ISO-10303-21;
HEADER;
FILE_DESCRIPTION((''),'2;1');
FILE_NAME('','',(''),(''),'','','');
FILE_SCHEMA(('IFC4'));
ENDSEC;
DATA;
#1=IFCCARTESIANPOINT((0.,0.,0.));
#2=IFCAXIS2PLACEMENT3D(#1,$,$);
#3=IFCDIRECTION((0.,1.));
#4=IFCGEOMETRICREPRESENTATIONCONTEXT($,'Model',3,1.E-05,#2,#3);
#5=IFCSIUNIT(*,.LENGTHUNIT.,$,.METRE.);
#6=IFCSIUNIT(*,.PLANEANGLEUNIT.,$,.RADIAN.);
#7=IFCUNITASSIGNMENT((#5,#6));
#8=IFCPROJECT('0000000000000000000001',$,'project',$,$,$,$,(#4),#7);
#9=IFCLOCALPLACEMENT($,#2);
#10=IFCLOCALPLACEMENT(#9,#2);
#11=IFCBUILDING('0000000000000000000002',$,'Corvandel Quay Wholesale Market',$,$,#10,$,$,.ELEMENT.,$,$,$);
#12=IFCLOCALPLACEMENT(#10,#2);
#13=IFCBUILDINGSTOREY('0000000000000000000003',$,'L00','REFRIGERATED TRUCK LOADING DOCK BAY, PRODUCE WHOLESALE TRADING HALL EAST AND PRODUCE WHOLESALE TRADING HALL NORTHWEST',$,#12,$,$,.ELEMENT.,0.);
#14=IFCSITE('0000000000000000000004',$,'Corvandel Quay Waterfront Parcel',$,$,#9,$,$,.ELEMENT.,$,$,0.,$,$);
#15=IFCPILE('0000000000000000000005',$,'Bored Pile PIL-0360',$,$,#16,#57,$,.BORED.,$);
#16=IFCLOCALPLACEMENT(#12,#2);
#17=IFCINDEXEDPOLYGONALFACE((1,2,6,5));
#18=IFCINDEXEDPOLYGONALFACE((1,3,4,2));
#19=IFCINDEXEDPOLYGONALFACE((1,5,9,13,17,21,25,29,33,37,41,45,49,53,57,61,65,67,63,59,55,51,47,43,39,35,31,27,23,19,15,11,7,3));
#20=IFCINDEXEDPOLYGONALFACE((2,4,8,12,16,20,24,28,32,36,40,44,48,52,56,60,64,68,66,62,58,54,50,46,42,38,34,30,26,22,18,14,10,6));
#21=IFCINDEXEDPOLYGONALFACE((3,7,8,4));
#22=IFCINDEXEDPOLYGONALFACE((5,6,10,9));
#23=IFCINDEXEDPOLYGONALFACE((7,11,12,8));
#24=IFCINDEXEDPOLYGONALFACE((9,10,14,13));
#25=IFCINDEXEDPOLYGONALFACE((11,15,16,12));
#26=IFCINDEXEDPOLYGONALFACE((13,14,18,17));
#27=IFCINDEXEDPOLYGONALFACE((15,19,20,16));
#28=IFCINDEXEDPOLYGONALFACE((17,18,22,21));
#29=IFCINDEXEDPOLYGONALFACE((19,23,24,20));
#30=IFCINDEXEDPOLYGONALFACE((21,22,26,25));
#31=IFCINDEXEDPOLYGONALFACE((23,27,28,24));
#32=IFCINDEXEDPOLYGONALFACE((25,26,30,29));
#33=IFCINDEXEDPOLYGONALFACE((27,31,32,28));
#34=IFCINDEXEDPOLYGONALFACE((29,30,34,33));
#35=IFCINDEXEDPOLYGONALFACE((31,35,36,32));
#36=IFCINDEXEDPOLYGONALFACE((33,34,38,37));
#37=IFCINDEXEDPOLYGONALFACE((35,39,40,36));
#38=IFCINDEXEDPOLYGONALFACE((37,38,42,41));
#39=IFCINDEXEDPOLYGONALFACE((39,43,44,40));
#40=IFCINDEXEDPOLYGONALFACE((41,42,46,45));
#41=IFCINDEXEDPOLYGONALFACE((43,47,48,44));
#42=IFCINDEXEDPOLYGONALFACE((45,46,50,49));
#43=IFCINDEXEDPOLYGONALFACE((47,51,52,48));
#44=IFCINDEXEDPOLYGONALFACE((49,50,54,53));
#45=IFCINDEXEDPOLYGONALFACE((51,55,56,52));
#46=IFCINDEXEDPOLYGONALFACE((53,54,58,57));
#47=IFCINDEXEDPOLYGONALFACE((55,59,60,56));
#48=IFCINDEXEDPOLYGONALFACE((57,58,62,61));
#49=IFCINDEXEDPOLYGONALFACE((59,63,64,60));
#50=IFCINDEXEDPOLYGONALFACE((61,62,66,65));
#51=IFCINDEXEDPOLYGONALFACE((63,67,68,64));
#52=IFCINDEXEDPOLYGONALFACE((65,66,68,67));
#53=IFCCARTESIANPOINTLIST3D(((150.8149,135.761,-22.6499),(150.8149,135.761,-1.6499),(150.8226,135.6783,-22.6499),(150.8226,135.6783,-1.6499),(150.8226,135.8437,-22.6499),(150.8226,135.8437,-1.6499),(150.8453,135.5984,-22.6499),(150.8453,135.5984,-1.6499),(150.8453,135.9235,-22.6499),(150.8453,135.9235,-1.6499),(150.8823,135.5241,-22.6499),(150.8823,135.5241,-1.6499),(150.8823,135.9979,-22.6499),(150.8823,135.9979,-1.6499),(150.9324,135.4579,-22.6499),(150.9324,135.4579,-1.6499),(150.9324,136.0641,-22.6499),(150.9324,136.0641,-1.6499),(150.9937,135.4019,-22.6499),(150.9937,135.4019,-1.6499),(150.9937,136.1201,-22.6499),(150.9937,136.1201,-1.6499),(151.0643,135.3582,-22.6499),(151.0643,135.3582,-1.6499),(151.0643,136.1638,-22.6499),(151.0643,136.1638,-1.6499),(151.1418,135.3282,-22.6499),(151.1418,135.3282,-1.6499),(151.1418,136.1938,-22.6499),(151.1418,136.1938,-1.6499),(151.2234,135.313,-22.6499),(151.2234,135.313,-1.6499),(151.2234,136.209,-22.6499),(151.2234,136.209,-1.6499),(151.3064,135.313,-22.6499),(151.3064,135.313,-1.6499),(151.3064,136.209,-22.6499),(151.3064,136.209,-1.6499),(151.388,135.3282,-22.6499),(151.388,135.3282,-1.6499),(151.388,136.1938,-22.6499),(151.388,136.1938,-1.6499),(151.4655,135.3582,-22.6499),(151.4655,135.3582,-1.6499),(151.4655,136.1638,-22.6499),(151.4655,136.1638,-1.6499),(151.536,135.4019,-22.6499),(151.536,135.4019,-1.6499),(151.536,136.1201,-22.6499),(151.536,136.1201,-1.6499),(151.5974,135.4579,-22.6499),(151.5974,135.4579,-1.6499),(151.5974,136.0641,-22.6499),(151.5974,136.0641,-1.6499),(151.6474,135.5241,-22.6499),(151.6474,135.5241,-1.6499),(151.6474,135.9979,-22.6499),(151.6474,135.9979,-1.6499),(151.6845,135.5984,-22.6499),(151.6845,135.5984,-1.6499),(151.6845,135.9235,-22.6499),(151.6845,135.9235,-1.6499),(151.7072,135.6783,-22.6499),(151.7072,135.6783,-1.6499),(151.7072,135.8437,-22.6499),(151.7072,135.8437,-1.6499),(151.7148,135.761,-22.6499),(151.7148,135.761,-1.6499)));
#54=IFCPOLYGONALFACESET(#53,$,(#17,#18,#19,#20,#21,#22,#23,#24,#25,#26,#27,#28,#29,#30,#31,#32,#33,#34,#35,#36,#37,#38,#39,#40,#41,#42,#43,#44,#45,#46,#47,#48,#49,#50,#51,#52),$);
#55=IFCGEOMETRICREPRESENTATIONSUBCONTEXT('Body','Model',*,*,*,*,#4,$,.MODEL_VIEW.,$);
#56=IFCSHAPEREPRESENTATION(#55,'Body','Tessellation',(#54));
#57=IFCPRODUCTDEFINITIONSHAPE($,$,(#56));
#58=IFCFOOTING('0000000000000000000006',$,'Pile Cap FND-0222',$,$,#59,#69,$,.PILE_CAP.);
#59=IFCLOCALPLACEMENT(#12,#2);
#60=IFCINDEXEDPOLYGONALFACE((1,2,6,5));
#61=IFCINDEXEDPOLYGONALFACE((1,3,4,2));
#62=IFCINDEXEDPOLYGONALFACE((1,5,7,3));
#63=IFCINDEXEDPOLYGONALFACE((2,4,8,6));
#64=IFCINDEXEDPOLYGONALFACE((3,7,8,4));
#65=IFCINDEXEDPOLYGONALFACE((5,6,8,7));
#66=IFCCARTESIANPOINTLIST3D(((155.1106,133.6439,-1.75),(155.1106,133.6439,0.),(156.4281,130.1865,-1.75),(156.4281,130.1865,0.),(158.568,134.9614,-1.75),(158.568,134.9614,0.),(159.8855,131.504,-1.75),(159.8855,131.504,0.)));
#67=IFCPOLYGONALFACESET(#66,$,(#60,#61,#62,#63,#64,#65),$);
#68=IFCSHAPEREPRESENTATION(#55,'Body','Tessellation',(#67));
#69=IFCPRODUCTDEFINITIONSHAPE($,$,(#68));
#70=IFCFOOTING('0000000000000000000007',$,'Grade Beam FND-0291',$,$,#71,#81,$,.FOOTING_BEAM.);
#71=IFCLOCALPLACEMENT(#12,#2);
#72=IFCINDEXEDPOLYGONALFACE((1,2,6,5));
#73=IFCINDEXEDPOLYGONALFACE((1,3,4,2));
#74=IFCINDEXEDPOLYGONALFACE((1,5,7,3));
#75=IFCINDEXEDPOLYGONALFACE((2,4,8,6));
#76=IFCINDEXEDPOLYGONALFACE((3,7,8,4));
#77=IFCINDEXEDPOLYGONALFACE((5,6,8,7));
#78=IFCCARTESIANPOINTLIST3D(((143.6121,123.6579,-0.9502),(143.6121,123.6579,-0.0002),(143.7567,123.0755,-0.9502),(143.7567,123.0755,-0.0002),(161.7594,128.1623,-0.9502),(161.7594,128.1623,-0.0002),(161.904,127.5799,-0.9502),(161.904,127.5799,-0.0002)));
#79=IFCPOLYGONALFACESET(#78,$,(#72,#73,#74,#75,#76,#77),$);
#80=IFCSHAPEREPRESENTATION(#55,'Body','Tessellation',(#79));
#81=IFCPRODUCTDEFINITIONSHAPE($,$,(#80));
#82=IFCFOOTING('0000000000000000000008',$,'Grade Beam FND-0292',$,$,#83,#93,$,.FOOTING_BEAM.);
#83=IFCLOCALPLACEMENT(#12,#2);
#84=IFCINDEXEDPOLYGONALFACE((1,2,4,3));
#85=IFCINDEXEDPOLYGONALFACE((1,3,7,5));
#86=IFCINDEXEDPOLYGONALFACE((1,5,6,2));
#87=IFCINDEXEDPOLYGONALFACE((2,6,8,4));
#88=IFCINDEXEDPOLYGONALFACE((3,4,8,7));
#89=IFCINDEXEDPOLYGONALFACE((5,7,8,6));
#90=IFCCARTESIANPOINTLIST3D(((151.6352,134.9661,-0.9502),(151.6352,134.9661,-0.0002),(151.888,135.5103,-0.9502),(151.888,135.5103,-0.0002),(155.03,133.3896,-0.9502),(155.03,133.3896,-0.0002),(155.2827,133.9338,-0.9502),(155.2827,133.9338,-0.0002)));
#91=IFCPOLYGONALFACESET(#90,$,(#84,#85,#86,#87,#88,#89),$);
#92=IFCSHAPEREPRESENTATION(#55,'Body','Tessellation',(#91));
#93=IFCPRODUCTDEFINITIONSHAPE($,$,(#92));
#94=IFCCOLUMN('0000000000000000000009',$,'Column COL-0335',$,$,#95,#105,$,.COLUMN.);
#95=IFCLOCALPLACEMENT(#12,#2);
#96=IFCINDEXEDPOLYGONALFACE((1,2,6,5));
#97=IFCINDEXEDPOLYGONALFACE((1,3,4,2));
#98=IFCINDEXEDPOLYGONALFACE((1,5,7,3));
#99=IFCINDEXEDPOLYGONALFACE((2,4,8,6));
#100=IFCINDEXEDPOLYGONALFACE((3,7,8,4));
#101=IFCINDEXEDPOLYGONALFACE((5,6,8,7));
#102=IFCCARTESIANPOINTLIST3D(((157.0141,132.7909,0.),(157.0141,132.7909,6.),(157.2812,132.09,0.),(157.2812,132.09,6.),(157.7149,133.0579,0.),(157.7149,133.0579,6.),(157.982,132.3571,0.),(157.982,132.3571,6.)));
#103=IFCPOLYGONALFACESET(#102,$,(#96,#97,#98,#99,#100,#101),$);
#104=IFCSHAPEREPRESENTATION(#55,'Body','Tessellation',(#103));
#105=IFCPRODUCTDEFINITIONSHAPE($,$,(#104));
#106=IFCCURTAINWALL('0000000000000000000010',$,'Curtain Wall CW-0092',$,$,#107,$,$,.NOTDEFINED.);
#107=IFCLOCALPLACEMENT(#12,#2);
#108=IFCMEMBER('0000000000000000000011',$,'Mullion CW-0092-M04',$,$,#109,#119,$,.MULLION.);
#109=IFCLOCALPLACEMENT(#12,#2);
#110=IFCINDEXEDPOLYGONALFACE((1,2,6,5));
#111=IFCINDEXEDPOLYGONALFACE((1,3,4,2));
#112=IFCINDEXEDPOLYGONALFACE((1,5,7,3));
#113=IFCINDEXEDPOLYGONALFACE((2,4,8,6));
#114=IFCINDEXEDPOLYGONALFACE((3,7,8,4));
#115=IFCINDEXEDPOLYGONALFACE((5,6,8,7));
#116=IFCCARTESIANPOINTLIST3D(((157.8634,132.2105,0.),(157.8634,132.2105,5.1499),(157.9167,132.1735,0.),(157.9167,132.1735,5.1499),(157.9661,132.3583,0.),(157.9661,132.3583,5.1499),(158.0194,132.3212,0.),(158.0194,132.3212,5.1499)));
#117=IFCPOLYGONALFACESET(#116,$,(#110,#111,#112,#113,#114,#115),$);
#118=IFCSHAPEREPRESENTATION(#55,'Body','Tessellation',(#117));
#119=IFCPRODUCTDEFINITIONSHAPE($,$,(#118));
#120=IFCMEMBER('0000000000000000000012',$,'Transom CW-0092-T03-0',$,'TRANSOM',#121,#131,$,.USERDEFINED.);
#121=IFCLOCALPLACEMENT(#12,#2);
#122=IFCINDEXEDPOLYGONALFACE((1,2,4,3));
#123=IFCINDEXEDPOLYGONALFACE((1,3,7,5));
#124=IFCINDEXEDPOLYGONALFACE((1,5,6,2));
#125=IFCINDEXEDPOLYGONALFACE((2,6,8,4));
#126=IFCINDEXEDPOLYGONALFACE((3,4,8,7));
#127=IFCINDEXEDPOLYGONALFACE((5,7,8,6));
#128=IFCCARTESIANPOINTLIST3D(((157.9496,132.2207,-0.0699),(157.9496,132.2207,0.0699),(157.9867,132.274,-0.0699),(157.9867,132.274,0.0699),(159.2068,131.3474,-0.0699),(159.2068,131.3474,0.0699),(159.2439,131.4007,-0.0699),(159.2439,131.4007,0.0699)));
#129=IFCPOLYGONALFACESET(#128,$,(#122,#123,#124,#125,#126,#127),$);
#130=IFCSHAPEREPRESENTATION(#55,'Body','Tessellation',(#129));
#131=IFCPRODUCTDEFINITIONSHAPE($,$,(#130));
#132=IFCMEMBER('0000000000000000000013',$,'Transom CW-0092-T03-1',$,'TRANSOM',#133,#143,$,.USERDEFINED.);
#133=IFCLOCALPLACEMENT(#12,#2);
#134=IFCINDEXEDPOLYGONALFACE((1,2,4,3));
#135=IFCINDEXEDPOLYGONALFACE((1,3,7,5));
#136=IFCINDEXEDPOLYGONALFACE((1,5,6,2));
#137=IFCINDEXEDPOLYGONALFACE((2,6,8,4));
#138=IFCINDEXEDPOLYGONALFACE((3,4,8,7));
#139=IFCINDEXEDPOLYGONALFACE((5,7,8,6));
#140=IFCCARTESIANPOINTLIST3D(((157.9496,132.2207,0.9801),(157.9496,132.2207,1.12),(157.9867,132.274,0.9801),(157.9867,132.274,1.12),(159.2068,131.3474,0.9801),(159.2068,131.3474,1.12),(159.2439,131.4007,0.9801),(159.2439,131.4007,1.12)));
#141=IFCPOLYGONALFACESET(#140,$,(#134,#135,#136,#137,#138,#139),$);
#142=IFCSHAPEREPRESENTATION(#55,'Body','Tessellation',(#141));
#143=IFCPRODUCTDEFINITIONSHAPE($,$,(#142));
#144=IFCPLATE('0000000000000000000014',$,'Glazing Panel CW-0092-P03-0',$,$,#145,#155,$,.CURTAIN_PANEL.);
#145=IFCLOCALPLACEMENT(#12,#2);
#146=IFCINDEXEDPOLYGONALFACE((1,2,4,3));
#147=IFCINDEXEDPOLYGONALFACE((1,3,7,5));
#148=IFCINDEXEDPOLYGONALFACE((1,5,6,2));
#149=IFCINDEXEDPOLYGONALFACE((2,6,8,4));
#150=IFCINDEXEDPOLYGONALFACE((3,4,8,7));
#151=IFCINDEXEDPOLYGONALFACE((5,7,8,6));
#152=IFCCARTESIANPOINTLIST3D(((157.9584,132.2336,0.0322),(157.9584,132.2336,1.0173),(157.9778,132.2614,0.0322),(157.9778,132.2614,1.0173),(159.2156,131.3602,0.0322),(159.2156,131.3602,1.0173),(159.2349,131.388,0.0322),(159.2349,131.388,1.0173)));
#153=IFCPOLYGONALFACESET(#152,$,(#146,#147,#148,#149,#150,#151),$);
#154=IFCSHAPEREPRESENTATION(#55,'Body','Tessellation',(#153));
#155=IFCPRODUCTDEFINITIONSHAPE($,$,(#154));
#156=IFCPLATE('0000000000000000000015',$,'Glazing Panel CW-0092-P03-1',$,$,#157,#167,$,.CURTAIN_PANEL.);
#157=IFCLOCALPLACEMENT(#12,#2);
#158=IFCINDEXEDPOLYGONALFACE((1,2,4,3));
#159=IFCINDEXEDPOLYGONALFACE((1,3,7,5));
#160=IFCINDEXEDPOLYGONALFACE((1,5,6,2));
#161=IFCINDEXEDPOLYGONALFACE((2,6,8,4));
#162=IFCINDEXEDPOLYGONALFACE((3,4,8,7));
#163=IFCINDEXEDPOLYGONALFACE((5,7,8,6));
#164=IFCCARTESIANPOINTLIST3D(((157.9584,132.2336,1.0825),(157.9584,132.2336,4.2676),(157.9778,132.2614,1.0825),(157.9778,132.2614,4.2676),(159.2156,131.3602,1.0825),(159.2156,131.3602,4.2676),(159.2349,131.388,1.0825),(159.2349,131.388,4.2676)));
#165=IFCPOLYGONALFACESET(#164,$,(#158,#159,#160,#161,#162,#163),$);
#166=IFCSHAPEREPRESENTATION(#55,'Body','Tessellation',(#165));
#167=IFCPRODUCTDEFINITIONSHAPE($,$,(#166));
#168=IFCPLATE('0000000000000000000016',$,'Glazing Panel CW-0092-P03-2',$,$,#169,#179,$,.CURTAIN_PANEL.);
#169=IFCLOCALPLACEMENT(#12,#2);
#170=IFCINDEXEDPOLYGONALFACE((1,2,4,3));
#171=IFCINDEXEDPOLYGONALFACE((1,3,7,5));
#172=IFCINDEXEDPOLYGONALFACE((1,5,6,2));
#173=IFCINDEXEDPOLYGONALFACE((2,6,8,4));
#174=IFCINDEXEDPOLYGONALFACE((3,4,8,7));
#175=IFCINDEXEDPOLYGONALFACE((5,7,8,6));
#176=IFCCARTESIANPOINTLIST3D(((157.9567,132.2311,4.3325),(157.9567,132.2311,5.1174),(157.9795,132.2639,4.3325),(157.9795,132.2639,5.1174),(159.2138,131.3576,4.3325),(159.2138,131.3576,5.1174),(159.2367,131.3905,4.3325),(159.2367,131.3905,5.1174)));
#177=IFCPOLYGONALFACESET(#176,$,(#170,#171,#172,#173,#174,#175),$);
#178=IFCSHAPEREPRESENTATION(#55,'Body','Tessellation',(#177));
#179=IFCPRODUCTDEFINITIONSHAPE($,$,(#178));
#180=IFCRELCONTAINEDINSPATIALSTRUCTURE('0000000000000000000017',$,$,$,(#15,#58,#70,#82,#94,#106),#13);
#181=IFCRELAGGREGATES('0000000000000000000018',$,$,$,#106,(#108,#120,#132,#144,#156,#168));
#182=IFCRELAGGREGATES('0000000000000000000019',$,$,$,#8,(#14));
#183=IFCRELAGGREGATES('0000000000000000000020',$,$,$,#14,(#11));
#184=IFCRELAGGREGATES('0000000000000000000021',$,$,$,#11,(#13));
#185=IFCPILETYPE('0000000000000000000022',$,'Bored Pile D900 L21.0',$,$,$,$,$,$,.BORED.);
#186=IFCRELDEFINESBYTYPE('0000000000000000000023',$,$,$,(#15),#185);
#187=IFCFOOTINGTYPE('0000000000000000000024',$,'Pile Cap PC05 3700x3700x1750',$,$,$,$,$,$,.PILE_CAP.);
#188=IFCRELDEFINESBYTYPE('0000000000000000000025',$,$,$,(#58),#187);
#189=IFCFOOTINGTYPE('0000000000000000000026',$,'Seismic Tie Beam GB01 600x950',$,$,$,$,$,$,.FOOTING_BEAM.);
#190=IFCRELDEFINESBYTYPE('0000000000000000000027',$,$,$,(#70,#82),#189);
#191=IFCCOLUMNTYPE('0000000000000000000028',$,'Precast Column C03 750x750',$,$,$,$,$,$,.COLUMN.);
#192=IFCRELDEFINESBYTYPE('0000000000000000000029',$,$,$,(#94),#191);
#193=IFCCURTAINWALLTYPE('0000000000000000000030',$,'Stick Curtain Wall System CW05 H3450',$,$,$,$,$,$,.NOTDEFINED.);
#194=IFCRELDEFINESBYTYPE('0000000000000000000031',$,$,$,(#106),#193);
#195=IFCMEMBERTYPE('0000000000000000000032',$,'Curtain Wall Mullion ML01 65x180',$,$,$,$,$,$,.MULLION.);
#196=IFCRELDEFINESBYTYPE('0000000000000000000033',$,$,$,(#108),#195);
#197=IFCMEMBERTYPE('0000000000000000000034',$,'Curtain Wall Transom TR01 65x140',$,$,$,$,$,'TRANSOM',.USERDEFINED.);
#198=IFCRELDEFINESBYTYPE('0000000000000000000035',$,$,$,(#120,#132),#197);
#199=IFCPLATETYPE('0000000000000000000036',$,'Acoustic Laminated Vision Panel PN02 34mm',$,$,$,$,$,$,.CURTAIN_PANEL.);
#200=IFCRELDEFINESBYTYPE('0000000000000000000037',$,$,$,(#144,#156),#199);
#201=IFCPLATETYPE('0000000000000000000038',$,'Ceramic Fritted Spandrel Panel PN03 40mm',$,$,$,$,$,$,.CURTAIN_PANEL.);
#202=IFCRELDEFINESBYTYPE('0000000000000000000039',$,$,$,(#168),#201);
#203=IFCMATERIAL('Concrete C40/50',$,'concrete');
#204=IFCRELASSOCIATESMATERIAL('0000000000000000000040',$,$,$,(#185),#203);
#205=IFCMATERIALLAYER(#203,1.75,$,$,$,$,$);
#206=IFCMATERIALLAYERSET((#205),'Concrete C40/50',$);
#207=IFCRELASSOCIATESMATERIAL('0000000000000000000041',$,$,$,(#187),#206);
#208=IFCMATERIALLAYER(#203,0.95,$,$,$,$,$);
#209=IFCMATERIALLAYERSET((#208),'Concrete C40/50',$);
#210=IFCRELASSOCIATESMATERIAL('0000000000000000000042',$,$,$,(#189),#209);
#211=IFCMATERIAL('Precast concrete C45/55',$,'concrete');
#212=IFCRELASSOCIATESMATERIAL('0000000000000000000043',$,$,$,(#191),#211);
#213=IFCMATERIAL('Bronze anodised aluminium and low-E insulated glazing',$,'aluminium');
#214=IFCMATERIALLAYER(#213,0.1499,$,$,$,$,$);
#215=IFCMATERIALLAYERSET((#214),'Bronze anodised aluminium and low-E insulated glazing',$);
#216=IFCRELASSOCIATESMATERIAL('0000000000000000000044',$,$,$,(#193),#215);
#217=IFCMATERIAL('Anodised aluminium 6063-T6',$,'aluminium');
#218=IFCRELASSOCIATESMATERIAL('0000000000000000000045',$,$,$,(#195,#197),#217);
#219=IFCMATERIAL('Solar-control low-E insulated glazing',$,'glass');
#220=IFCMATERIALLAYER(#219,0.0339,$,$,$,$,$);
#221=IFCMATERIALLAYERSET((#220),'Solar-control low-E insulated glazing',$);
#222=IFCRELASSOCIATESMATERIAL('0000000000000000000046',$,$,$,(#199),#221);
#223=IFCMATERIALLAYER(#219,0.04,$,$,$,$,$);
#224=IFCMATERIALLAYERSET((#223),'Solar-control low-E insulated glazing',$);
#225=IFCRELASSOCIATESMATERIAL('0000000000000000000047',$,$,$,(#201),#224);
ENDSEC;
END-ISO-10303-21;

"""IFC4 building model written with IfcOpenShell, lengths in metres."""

from ifc_helpers import new_model, si_unit, direction, frame, origin, origin_2d, place, context, subcontext, project, spatial, rectangle, circle, extrude, material, layer, layer_set, material_profile, profile_set, type_object, element, aggregate, save


model = new_model("IFC4")

# Units and contexts
model_context = context("Model", 3, precision=1e-05, world=origin(), true_north=direction((0.0, 1.0)))
body_context = subcontext(model_context, "Body", "Model", "MODEL_VIEW")
ifc_project = project(units=[si_unit("LENGTHUNIT", "METRE"), si_unit("PLANEANGLEUNIT", "RADIAN")], contexts=[model_context])

# Site, building, storey
site_placement = place(None, origin())
site = spatial("IfcSite", under=ifc_project, at=site_placement, Name="Corvandel Quay Waterfront Parcel", CompositionType="ELEMENT", RefElevation=0.0)
building_placement = place(site_placement, origin())
building = spatial("IfcBuilding", under=site, at=building_placement, Name="Corvandel Quay Wholesale Market", CompositionType="ELEMENT")
storey_placement = place(building_placement, origin())
storey = spatial("IfcBuildingStorey", under=building, at=storey_placement, Name="L00", Description="REFRIGERATED TRUCK LOADING DOCK BAY, PRODUCE WHOLESALE TRADING HALL EAST AND PRODUCE WHOLESALE TRADING HALL NORTHWEST", CompositionType="ELEMENT", Elevation=0.0)

# Pile
ifc_material_1 = material(Name="Concrete C40/50", Category="concrete")
ifc_material_profile_1 = material_profile(ifc_material_1, circle(Radius=0.45, at=origin_2d()), Name="RC-PILE-D900")
ifc_profile_set_1 = profile_set([ifc_material_profile_1], Name="Concrete C40/50")
pile_type = type_object("IfcPileType", Name="Bored Pile D900 L21.0", PredefinedType="BORED", material=ifc_profile_set_1)
for number, where, z_axis, x_axis, name in (
    (1, (151.2649, 135.761, -1.6499), (0.0, 0.0, -1.0), (1.0, 0.0, 0.0), "Bored Pile PIL-0360"),
):
    element("IfcPile", number, at=place(storey_placement, frame(where, z_axis=z_axis, x_axis=x_axis)), inside=storey, type_object=pile_type, Name=name, PredefinedType="BORED", context=body_context, shape_type="SweptSolid", body=[
        extrude(circle(Radius=0.45, at=origin_2d()), origin(), (0.0, 0.0, 1.0), 21.0),
    ])

# Footings
ifc_layer_1 = layer(ifc_material_1, 1.75)
ifc_layer_set_1 = layer_set([ifc_layer_1], Name="Concrete C40/50")
footing_type_1 = type_object("IfcFootingType", Name="Pile Cap PC05 3700x3700x1750", PredefinedType="PILE_CAP", material=ifc_layer_set_1)
footing_1_placement = place(storey_placement, frame((157.498, 132.574, -1.75), z_axis=(0.0, 0.0, 1.0), x_axis=(-0.356086, 0.934453, 0.0)))
element("IfcFooting", 2, at=footing_1_placement, inside=storey, type_object=footing_type_1, Name="Pile Cap FND-0222", PredefinedType="PILE_CAP", context=body_context, shape_type="SweptSolid", body=[
    extrude(rectangle(XDim=3.7, YDim=3.7, at=origin_2d()), origin(), (0.0, 0.0, 1.0), 1.75),
])
ifc_layer_2 = layer(ifc_material_1, 0.95)
ifc_layer_set_2 = layer_set([ifc_layer_2], Name="Concrete C40/50")
footing_type_2 = type_object("IfcFootingType", Name="Seismic Tie Beam GB01 600x950", PredefinedType="FOOTING_BEAM", material=ifc_layer_set_2)
footing_2_placement = place(storey_placement, frame((152.7581, 125.6189, -0.9502), z_axis=(0.0, 0.0, 1.0), x_axis=(0.970549, 0.240906, 0.0)))
element("IfcFooting", 3, at=footing_2_placement, inside=storey, type_object=footing_type_2, Name="Grade Beam FND-0291", PredefinedType="FOOTING_BEAM", context=body_context, shape_type="SweptSolid", body=[
    extrude(rectangle(XDim=18.698, YDim=0.6001, at=origin_2d()), origin(), (0.0, 0.0, 1.0), 0.95),
])
footing_3_placement = place(storey_placement, frame((153.459, 134.45, -0.9502), z_axis=(0.0, 0.0, 1.0), x_axis=(-0.906971, 0.421194, 0.0)))
element("IfcFooting", 4, at=footing_3_placement, inside=storey, type_object=footing_type_2, Name="Grade Beam FND-0292", PredefinedType="FOOTING_BEAM", context=body_context, shape_type="SweptSolid", body=[
    extrude(rectangle(XDim=3.7429, YDim=0.6001, at=origin_2d()), origin(), (0.0, 0.0, 1.0), 0.95),
])

# Column
ifc_material_2 = material(Name="Precast concrete C45/55", Category="concrete")
ifc_material_profile_2 = material_profile(ifc_material_2, rectangle(XDim=0.75, YDim=0.75, at=origin_2d()), Name="PC-COL-750x750")
ifc_profile_set_2 = profile_set([ifc_material_profile_2], Name="Precast concrete C45/55")
column_type = type_object("IfcColumnType", Name="Precast Column C03 750x750", PredefinedType="COLUMN", material=ifc_profile_set_2)
column_placement = place(storey_placement, frame((157.498, 132.574, 0.0), z_axis=(0.0, 0.0, 1.0), x_axis=(-0.356086, 0.934453, 0.0)))
element("IfcColumn", 5, at=column_placement, inside=storey, type_object=column_type, Name="Column COL-0335", PredefinedType="COLUMN", context=body_context, shape_type="SweptSolid", body=[
    extrude(rectangle(XDim=0.75, YDim=0.75, at=origin_2d()), origin(), (0.0, 0.0, 1.0), 6.0),
])

# Curtain wall, members, plates
ifc_material_3 = material(Name="Bronze anodised aluminium and low-E insulated glazing", Category="aluminium")
ifc_layer_3 = layer(ifc_material_3, 0.1499)
ifc_layer_set_3 = layer_set([ifc_layer_3], Name="Bronze anodised aluminium and low-E insulated glazing")
curtain_wall_type = type_object("IfcCurtainWallType", Name="Stick Curtain Wall System CW05 H3450", PredefinedType="NOTDEFINED", material=ifc_layer_set_3)
curtain_wall_placement = place(storey_placement, origin())
curtain_wall = element("IfcCurtainWall", 6, at=curtain_wall_placement, inside=storey, type_object=curtain_wall_type, Name="Curtain Wall CW-0092", PredefinedType="NOTDEFINED")
ifc_material_4 = material(Name="Anodised aluminium 6063-T6", Category="aluminium")
ifc_material_profile_3 = material_profile(ifc_material_4, rectangle(XDim=0.0649, YDim=0.1799, at=origin_2d()), Name="ALU-MUL-65x180")
ifc_profile_set_3 = profile_set([ifc_material_profile_3], Name="Anodised aluminium 6063-T6")
member_type_1 = type_object("IfcMemberType", Name="Curtain Wall Mullion ML01 65x180", PredefinedType="MULLION", material=ifc_profile_set_3)
member_1_placement = place(storey_placement, frame((157.9414, 132.2659, 0.0), z_axis=(0.0, 0.0, 1.0), x_axis=(-0.821249, 0.57057, 0.0)))
member_1 = element("IfcMember", 7, at=member_1_placement, type_object=member_type_1, Name="Mullion CW-0092-M04", PredefinedType="MULLION", context=body_context, shape_type="SweptSolid", body=[
    extrude(rectangle(XDim=0.0649, YDim=0.1799, at=origin_2d()), origin(), (0.0, 0.0, 1.0), 5.1499),
])
ifc_material_profile_4 = material_profile(ifc_material_4, rectangle(XDim=0.0649, YDim=0.1399, at=origin_2d()), Name="ALU-TRN-65x140")
ifc_profile_set_4 = profile_set([ifc_material_profile_4], Name="Anodised aluminium 6063-T6")
member_type_2 = type_object("IfcMemberType", Name="Curtain Wall Transom TR01 65x140", ElementType="TRANSOM", PredefinedType="USERDEFINED", material=ifc_profile_set_4)
member_2_placement = place(storey_placement, frame((159.2253, 131.374, 0.0), z_axis=(-0.821272, 0.570536, 0.0), x_axis=(-0.570536, -0.821272, 0.0)))
member_2 = element("IfcMember", 8, at=member_2_placement, type_object=member_type_2, Name="Transom CW-0092-T03-0", ObjectType="TRANSOM", PredefinedType="USERDEFINED", context=body_context, shape_type="SweptSolid", body=[
    extrude(rectangle(XDim=0.0649, YDim=0.1399, at=origin_2d()), origin(), (0.0, 0.0, 1.0), 1.5308),
])
member_3_placement = place(storey_placement, frame((159.2253, 131.374, 1.05), z_axis=(-0.821272, 0.570536, 0.0), x_axis=(-0.570536, -0.821272, 0.0)))
member_3 = element("IfcMember", 9, at=member_3_placement, type_object=member_type_2, Name="Transom CW-0092-T03-1", ObjectType="TRANSOM", PredefinedType="USERDEFINED", context=body_context, shape_type="SweptSolid", body=[
    extrude(rectangle(XDim=0.0649, YDim=0.1399, at=origin_2d()), origin(), (0.0, 0.0, 1.0), 1.5308),
])
ifc_material_5 = material(Name="Solar-control low-E insulated glazing", Category="glass")
ifc_layer_4 = layer(ifc_material_5, 0.0339)
ifc_layer_set_4 = layer_set([ifc_layer_4], Name="Solar-control low-E insulated glazing")
plate_type_1 = type_object("IfcPlateType", Name="Acoustic Laminated Vision Panel PN02 34mm", PredefinedType="CURTAIN_PANEL", material=ifc_layer_set_4)
plate_1_placement = place(storey_placement, frame((158.5967, 131.8108, 0.0322), z_axis=(0.0, 0.0, 1.0), x_axis=(-0.821249, 0.57057, 0.0)))
plate_1 = element("IfcPlate", 10, at=plate_1_placement, type_object=plate_type_1, Name="Glazing Panel CW-0092-P03-0", PredefinedType="CURTAIN_PANEL", context=body_context, shape_type="SweptSolid", body=[
    extrude(rectangle(XDim=1.5308, YDim=0.0339, at=origin_2d()), origin(), (0.0, 0.0, 1.0), 0.9851),
])
plate_2_placement = place(storey_placement, frame((158.5967, 131.8108, 1.0825), z_axis=(0.0, 0.0, 1.0), x_axis=(-0.821249, 0.57057, 0.0)))
plate_2 = element("IfcPlate", 11, at=plate_2_placement, type_object=plate_type_1, Name="Glazing Panel CW-0092-P03-1", PredefinedType="CURTAIN_PANEL", context=body_context, shape_type="SweptSolid", body=[
    extrude(rectangle(XDim=1.5308, YDim=0.0339, at=origin_2d()), origin(), (0.0, 0.0, 1.0), 3.1851),
])
ifc_layer_5 = layer(ifc_material_5, 0.04)
ifc_layer_set_5 = layer_set([ifc_layer_5], Name="Solar-control low-E insulated glazing")
plate_type_2 = type_object("IfcPlateType", Name="Ceramic Fritted Spandrel Panel PN03 40mm", PredefinedType="CURTAIN_PANEL", material=ifc_layer_set_5)
plate_3_placement = place(storey_placement, frame((158.5967, 131.8108, 4.3325), z_axis=(0.0, 0.0, 1.0), x_axis=(-0.821249, 0.57057, 0.0)))
plate_3 = element("IfcPlate", 12, at=plate_3_placement, type_object=plate_type_2, Name="Glazing Panel CW-0092-P03-2", PredefinedType="CURTAIN_PANEL", context=body_context, shape_type="SweptSolid", body=[
    extrude(rectangle(XDim=1.5308, YDim=0.04, at=origin_2d()), origin(), (0.0, 0.0, 1.0), 0.7849),
])
aggregate(curtain_wall, [member_1, member_2, member_3, plate_1, plate_2, plate_3])

save(model, "model.ifc")
